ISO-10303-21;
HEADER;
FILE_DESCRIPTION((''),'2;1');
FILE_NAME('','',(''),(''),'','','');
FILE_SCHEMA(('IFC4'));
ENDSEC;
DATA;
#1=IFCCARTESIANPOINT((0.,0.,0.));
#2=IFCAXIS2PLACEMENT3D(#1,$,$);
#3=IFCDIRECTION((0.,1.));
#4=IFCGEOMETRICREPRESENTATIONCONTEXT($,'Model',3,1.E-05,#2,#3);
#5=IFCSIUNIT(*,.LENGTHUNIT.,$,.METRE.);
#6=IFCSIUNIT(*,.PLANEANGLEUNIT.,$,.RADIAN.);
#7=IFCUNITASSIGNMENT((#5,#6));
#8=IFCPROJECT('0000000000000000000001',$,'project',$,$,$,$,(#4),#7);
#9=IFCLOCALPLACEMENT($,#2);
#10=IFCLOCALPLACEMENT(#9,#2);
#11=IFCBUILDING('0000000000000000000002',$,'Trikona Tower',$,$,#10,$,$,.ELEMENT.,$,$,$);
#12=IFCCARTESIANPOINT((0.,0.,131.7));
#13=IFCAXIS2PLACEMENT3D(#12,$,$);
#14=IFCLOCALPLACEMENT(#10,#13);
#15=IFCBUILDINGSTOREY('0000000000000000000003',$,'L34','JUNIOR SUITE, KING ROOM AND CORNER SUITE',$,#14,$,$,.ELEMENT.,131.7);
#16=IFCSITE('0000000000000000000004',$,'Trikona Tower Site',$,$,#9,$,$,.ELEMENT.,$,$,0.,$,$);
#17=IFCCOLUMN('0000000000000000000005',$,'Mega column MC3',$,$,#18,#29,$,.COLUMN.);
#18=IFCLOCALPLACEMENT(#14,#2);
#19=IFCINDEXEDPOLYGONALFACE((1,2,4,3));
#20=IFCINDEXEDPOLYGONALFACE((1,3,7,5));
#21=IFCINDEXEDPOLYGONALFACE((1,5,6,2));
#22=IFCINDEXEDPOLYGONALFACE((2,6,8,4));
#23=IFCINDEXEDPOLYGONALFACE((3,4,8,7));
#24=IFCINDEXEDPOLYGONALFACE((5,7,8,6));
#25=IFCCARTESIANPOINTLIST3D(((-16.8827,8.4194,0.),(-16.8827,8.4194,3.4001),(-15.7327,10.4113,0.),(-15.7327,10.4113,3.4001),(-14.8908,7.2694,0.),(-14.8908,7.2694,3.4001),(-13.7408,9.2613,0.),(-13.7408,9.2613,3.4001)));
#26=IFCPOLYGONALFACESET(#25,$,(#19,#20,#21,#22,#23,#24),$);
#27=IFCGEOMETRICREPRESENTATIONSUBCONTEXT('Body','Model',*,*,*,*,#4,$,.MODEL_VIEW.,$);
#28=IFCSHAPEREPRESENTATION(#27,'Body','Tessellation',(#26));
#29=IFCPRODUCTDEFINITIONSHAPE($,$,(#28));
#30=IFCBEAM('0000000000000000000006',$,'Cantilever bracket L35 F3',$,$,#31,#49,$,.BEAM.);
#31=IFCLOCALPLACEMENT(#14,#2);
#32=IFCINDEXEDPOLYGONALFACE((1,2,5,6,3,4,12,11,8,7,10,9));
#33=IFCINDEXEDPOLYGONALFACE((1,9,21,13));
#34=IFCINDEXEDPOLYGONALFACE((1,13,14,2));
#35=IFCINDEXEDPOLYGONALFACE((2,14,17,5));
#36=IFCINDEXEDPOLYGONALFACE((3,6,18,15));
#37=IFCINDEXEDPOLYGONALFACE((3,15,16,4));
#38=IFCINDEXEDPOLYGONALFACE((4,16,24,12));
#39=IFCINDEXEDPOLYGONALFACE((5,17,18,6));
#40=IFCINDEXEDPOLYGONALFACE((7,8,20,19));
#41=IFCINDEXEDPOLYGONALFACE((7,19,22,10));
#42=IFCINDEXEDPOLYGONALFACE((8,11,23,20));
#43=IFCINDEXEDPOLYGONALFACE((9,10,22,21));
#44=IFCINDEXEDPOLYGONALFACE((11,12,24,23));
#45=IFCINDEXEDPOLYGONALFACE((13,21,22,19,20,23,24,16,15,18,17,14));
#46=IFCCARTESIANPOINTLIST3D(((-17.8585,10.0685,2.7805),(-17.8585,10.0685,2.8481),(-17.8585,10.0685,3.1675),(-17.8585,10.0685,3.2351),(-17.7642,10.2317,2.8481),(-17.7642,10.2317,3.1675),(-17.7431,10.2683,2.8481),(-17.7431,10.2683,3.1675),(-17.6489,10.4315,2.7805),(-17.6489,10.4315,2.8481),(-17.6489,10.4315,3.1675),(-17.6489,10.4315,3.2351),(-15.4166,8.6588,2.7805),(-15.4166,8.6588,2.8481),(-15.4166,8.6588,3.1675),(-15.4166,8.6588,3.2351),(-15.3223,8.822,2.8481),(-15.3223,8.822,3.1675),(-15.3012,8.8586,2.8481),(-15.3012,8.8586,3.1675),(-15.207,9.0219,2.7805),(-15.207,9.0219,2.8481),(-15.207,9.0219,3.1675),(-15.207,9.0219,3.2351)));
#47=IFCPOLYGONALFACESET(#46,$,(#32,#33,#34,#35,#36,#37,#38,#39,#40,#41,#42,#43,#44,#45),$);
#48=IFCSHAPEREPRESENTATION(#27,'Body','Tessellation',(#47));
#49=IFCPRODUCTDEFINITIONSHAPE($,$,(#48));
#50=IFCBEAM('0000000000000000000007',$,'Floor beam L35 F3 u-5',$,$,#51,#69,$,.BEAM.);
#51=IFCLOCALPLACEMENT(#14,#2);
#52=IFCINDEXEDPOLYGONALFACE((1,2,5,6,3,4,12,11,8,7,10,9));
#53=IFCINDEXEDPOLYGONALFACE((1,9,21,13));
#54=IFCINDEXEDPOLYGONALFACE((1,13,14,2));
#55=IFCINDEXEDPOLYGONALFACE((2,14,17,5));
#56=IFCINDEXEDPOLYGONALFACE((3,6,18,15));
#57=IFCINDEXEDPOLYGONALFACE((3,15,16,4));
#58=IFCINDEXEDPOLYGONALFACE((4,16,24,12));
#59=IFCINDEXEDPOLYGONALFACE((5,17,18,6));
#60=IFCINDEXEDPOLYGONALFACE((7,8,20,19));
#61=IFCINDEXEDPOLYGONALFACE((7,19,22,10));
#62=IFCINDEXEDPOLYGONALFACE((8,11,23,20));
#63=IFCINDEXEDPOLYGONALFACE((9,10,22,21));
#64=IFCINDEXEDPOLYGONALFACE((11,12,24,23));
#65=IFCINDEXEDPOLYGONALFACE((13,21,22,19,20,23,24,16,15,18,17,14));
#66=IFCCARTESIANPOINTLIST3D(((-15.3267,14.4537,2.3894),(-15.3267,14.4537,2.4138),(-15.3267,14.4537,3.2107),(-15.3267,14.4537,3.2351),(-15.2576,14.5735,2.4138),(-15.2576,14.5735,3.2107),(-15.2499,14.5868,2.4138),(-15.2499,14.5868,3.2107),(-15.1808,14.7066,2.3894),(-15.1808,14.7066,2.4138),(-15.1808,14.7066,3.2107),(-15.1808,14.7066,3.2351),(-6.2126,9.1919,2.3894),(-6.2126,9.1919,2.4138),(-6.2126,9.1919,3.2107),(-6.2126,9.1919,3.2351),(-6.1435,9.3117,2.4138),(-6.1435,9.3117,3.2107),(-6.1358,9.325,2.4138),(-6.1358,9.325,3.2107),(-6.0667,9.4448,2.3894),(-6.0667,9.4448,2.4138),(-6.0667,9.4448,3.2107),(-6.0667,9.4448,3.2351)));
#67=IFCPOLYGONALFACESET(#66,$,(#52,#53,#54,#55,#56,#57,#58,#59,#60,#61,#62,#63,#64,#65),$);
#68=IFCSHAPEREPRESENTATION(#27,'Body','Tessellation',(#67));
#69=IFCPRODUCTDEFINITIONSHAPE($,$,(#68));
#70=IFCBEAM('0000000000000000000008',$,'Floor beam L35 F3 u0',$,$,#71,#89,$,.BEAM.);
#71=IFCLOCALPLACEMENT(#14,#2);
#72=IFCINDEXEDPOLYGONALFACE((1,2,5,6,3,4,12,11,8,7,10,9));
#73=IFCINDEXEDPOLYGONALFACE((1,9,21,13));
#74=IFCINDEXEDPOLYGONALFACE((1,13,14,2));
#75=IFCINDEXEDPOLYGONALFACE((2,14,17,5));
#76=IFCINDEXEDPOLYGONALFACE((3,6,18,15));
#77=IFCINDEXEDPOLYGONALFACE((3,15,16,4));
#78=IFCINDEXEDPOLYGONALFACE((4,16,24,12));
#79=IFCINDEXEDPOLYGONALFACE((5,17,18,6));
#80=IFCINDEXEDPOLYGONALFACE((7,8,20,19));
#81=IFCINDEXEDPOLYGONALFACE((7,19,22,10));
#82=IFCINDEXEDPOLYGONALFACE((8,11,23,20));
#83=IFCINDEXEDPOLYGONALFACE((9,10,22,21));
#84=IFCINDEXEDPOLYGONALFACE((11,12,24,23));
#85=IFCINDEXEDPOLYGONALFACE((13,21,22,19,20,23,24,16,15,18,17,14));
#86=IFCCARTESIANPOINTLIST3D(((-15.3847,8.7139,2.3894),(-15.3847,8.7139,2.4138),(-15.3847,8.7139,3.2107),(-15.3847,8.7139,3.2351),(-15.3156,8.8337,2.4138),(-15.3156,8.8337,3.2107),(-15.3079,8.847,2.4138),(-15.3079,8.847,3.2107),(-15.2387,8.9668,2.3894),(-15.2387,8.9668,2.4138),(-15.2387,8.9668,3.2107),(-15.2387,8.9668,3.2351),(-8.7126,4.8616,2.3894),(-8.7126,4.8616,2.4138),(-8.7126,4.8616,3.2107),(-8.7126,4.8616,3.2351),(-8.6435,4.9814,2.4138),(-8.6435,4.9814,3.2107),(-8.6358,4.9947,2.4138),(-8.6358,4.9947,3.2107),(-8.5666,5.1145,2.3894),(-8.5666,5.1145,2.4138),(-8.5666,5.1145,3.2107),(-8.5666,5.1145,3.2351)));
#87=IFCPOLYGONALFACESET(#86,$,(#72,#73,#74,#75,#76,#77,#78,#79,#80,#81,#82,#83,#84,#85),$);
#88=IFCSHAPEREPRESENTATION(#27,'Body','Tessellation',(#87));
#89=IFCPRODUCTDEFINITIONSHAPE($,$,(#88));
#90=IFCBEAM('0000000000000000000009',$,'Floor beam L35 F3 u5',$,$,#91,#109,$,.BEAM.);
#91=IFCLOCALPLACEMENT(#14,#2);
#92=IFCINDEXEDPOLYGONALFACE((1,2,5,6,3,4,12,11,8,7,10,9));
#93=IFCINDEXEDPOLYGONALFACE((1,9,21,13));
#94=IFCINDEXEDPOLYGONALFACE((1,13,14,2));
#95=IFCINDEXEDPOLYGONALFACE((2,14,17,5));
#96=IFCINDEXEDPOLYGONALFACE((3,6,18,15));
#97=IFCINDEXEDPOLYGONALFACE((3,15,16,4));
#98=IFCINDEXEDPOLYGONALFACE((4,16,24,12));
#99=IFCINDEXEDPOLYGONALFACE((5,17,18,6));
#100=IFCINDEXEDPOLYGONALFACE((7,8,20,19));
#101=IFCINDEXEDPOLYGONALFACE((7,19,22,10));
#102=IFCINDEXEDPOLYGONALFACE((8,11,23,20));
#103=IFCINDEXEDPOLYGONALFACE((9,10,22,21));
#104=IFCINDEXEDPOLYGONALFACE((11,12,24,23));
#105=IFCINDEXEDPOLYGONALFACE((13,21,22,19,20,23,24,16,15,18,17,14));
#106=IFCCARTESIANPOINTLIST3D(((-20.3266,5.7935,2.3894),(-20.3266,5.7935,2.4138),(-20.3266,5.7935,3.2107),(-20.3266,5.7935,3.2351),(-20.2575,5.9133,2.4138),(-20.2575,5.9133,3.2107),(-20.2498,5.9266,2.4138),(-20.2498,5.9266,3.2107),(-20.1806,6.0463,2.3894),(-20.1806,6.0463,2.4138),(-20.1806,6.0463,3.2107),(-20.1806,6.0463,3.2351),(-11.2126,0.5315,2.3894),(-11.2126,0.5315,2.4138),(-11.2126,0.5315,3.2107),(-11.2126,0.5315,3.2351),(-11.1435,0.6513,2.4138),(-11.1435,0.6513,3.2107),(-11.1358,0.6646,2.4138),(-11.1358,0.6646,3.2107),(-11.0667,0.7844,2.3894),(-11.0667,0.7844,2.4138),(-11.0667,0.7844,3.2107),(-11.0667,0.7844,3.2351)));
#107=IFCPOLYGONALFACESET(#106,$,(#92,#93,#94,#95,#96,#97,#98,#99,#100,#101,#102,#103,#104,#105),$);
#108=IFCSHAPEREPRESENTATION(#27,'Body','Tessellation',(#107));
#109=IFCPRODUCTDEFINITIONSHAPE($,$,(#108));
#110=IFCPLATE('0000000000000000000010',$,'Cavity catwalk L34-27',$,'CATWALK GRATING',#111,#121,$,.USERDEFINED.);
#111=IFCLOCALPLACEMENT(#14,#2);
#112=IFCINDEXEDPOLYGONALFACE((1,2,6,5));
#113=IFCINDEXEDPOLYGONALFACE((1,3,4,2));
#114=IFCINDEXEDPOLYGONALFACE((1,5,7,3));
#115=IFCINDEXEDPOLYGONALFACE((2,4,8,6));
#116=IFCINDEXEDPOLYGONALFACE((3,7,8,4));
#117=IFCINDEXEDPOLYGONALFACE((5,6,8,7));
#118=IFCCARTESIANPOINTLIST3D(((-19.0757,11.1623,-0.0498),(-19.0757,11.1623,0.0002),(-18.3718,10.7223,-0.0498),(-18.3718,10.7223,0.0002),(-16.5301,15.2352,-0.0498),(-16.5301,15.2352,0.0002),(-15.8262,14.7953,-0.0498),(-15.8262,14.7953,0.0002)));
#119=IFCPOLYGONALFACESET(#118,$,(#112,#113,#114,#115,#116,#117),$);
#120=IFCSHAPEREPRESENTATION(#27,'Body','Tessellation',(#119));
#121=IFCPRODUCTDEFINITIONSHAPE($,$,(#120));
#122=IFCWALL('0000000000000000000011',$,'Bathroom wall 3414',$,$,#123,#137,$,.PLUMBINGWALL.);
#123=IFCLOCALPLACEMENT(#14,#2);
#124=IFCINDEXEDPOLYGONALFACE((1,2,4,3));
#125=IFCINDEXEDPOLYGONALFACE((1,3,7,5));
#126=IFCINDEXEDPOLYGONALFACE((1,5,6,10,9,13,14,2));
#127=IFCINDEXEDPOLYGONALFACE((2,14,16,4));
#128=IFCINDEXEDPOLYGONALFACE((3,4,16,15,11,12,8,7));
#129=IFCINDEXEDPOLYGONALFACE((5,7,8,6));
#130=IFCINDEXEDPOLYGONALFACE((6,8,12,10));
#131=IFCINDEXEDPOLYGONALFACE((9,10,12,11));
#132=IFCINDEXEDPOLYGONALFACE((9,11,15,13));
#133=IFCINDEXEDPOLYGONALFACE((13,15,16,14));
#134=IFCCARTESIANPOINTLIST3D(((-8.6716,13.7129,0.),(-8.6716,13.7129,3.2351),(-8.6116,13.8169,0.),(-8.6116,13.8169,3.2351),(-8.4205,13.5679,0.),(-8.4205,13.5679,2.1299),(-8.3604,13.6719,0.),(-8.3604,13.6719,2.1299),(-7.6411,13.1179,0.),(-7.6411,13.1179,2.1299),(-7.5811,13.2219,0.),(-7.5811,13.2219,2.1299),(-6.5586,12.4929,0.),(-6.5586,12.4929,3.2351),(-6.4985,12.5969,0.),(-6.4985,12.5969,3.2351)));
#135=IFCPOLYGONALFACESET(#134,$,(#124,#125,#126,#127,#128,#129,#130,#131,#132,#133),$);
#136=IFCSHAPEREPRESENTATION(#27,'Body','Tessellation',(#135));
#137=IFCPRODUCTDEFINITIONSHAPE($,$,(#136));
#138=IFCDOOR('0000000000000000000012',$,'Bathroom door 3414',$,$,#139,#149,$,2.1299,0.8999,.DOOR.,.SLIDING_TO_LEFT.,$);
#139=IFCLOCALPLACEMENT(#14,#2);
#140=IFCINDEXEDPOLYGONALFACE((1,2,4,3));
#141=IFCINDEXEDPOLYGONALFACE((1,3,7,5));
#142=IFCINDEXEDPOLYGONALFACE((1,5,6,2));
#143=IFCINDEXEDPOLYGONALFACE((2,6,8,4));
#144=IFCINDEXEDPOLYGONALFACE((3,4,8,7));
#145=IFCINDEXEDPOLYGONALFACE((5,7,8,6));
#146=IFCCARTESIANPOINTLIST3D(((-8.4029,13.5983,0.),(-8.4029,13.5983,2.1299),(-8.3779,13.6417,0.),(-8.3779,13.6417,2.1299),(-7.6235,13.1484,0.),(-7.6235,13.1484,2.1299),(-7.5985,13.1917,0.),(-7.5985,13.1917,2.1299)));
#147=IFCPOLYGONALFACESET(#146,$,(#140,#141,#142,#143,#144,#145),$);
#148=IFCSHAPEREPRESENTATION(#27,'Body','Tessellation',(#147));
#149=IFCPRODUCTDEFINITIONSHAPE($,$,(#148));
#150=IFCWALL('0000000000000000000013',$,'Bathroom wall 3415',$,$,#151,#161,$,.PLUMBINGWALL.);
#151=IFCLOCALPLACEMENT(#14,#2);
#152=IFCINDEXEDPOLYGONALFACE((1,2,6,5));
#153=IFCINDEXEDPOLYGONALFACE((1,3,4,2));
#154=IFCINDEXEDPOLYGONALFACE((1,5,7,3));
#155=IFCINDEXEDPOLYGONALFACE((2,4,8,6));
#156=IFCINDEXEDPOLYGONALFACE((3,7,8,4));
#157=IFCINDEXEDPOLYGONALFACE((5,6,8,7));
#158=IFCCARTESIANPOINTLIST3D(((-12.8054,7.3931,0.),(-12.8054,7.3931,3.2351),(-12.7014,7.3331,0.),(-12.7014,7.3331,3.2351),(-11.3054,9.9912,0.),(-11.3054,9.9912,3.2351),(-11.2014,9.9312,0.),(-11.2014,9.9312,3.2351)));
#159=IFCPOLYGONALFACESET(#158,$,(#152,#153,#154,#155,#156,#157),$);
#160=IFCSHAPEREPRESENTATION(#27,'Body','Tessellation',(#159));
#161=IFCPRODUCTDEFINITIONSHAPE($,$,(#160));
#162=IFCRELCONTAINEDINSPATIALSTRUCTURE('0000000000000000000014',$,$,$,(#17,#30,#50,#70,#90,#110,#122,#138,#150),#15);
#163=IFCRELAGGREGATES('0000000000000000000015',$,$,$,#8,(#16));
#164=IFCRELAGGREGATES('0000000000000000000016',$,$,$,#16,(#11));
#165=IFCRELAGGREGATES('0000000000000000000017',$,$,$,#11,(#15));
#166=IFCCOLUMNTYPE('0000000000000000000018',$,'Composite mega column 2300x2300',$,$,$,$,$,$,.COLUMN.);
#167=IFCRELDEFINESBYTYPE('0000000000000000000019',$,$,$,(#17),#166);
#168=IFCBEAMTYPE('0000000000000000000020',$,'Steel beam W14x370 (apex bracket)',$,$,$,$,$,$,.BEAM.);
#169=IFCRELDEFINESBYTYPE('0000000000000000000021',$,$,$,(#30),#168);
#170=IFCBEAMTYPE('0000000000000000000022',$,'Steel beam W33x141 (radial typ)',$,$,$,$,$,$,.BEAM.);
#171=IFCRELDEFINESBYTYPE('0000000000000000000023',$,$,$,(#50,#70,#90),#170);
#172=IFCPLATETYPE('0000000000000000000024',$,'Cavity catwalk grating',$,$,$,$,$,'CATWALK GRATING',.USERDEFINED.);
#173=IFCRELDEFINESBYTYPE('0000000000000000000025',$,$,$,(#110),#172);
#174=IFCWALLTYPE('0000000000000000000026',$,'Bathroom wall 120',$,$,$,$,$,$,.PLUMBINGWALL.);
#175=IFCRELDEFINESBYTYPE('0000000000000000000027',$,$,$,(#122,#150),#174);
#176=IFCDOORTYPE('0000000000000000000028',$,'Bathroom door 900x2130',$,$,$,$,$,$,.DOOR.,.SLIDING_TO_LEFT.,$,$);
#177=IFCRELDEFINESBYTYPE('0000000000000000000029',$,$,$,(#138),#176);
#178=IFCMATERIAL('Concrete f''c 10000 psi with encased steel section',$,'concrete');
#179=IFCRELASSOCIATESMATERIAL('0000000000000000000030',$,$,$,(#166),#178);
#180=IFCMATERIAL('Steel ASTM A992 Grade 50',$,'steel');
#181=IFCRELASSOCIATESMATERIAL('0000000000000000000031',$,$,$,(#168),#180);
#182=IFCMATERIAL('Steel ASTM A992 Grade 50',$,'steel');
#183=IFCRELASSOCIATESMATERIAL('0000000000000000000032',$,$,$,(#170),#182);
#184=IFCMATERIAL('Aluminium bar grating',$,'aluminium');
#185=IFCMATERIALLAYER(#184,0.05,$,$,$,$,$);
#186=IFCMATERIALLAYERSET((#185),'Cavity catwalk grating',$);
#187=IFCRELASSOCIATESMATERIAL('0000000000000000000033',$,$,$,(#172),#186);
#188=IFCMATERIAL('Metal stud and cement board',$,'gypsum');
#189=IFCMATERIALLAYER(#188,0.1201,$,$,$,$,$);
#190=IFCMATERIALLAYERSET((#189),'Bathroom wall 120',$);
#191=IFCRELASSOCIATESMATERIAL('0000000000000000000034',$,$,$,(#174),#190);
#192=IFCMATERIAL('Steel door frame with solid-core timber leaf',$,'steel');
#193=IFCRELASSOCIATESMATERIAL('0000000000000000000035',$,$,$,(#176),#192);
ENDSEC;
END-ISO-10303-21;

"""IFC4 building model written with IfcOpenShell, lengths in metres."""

from ifc_helpers import new_model, si_unit, direction, frame, frame_2d, origin, origin_2d, place, context, subcontext, project, spatial, rectangle, i_section, extrude, material, layer, layer_set, material_profile, profile_set, type_object, element, fill, save


model = new_model("IFC4")

# Units and contexts
model_context = context("Model", 3, precision=1e-05, world=origin(), true_north=direction((0.0, 1.0)))
body_context = subcontext(model_context, "Body", "Model", "MODEL_VIEW")
ifc_project = project(units=[si_unit("LENGTHUNIT", "METRE"), si_unit("PLANEANGLEUNIT", "RADIAN")], contexts=[model_context])

# Site, building, storey
site_placement = place(None, origin())
site = spatial("IfcSite", under=ifc_project, at=site_placement, Name="Trikona Tower Site", CompositionType="ELEMENT", RefElevation=0.0)
building_placement = place(site_placement, origin())
building = spatial("IfcBuilding", under=site, at=building_placement, Name="Trikona Tower", CompositionType="ELEMENT")
storey_placement = place(building_placement, frame((0.0, 0.0, 131.7)))
storey = spatial("IfcBuildingStorey", under=building, at=storey_placement, Name="L34", Description="JUNIOR SUITE, KING ROOM AND CORNER SUITE", CompositionType="ELEMENT", Elevation=131.7)

# Column
ifc_material_1 = material(Name="Concrete f'c 10000 psi with encased steel section", Category="concrete")
ifc_material_profile_1 = material_profile(ifc_material_1, rectangle(XDim=2.3, YDim=2.3, at=origin_2d()), Name="MC2300")
ifc_profile_set_1 = profile_set([ifc_material_profile_1], Name="Concrete f'c 10000 psi with encased steel section")
column_type = type_object("IfcColumnType", Name="Composite mega column 2300x2300", PredefinedType="COLUMN", material=ifc_profile_set_1)
column_placement = place(storey_placement, frame((-15.3118, 8.8403, 0.0), z_axis=(0.0, 0.0, 1.0), x_axis=(-0.866025, 0.5, 0.0)))
element("IfcColumn", 1, at=column_placement, inside=storey, type_object=column_type, Name="Mega column MC3", PredefinedType="COLUMN", context=body_context, shape_type="SweptSolid", body=[
    extrude(rectangle(XDim=2.3, YDim=2.3, at=origin_2d()), origin(), (0.0, 0.0, 1.0), 3.4001),
])

# Beams
ifc_material_2 = material(Name="Steel ASTM A992 Grade 50", Category="steel")
ifc_material_profile_2 = material_profile(ifc_material_2, i_section(OverallWidth=0.4192, OverallDepth=0.4546, WebThickness=0.0422, FlangeThickness=0.0676, at=origin_2d()), Name="W14X370")
ifc_profile_set_2 = profile_set([ifc_material_profile_2], Name="Steel ASTM A992 Grade 50")
beam_type_1 = type_object("IfcBeamType", Name="Steel beam W14x370 (apex bracket)", PredefinedType="BEAM", material=ifc_profile_set_2)
beam_1_placement = place(storey_placement, frame((-15.3118, 8.8403, 3.0078), z_axis=(-0.86605, 0.499957, 0.0), x_axis=(-0.499957, -0.86605, 0.0)))
element("IfcBeam", 2, at=beam_1_placement, inside=storey, type_object=beam_type_1, Name="Cantilever bracket L35 F3", PredefinedType="BEAM", context=body_context, shape_type="SweptSolid", body=[
    extrude(i_section(OverallWidth=0.4192, OverallDepth=0.4546, WebThickness=0.0422, FlangeThickness=0.0676, at=origin_2d()), origin(), (0.0, 0.0, 1.0), 2.8196),
])
ifc_material_3 = material(Name="Steel ASTM A992 Grade 50", Category="steel")
ifc_material_profile_3 = material_profile(ifc_material_3, i_section(OverallWidth=0.292, OverallDepth=0.8457, WebThickness=0.0154, FlangeThickness=0.0244, at=origin_2d()), Name="W33X141")
ifc_profile_set_3 = profile_set([ifc_material_profile_3], Name="Steel ASTM A992 Grade 50")
beam_type_2 = type_object("IfcBeamType", Name="Steel beam W33x141 (radial typ)", PredefinedType="BEAM", material=ifc_profile_set_3)
beam_2_placement = place(storey_placement, frame((-6.1396, 9.3184, 2.8123), z_axis=(-0.866036, 0.499982, 0.0), x_axis=(-0.499982, -0.866036, 0.0)))
element("IfcBeam", 3, at=beam_2_placement, inside=storey, type_object=beam_type_2, Name="Floor beam L35 F3 u-5", PredefinedType="BEAM", context=body_context, shape_type="SweptSolid", body=[
    extrude(i_section(OverallWidth=0.292, OverallDepth=0.8457, WebThickness=0.0154, FlangeThickness=0.0244, at=origin_2d()), origin(), (0.0, 0.0, 1.0), 10.5239),
])
beam_3_placement = place(storey_placement, frame((-8.6396, 4.988, 2.8123), z_axis=(-0.866017, 0.500014, 0.0), x_axis=(-0.500014, -0.866017, 0.0)))
element("IfcBeam", 4, at=beam_3_placement, inside=storey, type_object=beam_type_2, Name="Floor beam L35 F3 u0", PredefinedType="BEAM", context=body_context, shape_type="SweptSolid", body=[
    extrude(i_section(OverallWidth=0.292, OverallDepth=0.8457, WebThickness=0.0154, FlangeThickness=0.0244, at=origin_2d()), origin(), (0.0, 0.0, 1.0), 7.7043),
])
beam_4_placement = place(storey_placement, frame((-11.1396, 0.658, 2.8123), z_axis=(-0.866026, 0.499999, 0.0), x_axis=(-0.499999, -0.866026, 0.0)))
element("IfcBeam", 5, at=beam_4_placement, inside=storey, type_object=beam_type_2, Name="Floor beam L35 F3 u5", PredefinedType="BEAM", context=body_context, shape_type="SweptSolid", body=[
    extrude(i_section(OverallWidth=0.292, OverallDepth=0.8457, WebThickness=0.0154, FlangeThickness=0.0244, at=origin_2d()), origin(), (0.0, 0.0, 1.0), 10.5239),
])

# Plate
ifc_material_4 = material(Name="Aluminium bar grating", Category="aluminium")
ifc_layer_1 = layer(ifc_material_4, 0.05)
ifc_layer_set_1 = layer_set([ifc_layer_1], Name="Cavity catwalk grating")
plate_type = type_object("IfcPlateType", Name="Cavity catwalk grating", ElementType="CATWALK GRATING", PredefinedType="USERDEFINED", material=ifc_layer_set_1)
plate_placement = place(storey_placement, frame((-17.4509, 12.9788, -0.0498), z_axis=(0.0, 0.0, 1.0), x_axis=(-0.529995, -0.848001, 0.0)))
element("IfcPlate", 6, at=plate_placement, inside=storey, type_object=plate_type, Name="Cavity catwalk L34-27", ObjectType="CATWALK GRATING", PredefinedType="USERDEFINED", context=body_context, shape_type="SweptSolid", body=[
    extrude(rectangle(XDim=4.803, YDim=0.8301, at=origin_2d()), origin(), (0.0, 0.0, 1.0), 0.05),
])

# Wall, opening, door
ifc_material_5 = material(Name="Metal stud and cement board", Category="gypsum")
ifc_layer_2 = layer(ifc_material_5, 0.1201)
ifc_layer_set_2 = layer_set([ifc_layer_2], Name="Bathroom wall 120")
wall_type_1 = type_object("IfcWallType", Name="Bathroom wall 120", PredefinedType="PLUMBINGWALL", material=ifc_layer_set_2)
wall_1_placement = place(storey_placement, frame((-6.5286, 12.5449, 0.0), z_axis=(0.0, 0.0, 1.0), x_axis=(-0.866024, 0.500003, 0.0)))
wall_1 = element("IfcWall", 7, at=wall_1_placement, inside=storey, type_object=wall_type_1, Name="Bathroom wall 3414", PredefinedType="PLUMBINGWALL", context=body_context, shape_type="SweptSolid", body=[
    extrude(rectangle(XDim=2.4399, YDim=0.1201, at=frame_2d((1.22, 0.0))), origin(), (0.0, 0.0, 1.0), 3.2351),
])
opening_1_placement = place(wall_1_placement, frame((1.25, 0.0, 0.0)))
opening_1 = element("IfcOpeningElement", 8, at=opening_1_placement, cuts=wall_1, PredefinedType="OPENING", context=body_context, shape_type="SweptSolid", body=[
    extrude(rectangle(XDim=0.8999, YDim=2.1299, at=frame_2d((0.45, 1.0649))), frame((0.0, 0.0701, 0.0), z_axis=(0.0, -1.0, 0.0), x_axis=(1.0, 0.0, 0.0)), (0.0, 0.0, 1.0), 0.1401),
])
ifc_material_6 = material(Name="Steel door frame with solid-core timber leaf", Category="steel")
door_type_1 = type_object("IfcDoorType", Name="Bathroom door 900x2130", OperationType="SLIDING_TO_LEFT", PredefinedType="DOOR", material=ifc_material_6)
door_1_placement = place(opening_1_placement, origin())
door_1 = element("IfcDoor", 9, at=door_1_placement, inside=storey, type_object=door_type_1, Name="Bathroom door 3414", OperationType="SLIDING_TO_LEFT", OverallHeight=2.1299, OverallWidth=0.8999, PredefinedType="DOOR", context=body_context, shape_type="SweptSolid", body=[
    extrude(rectangle(XDim=0.8999, YDim=2.1299, at=frame_2d((0.45, 1.0649))), frame((0.0, 0.0249, 0.0), z_axis=(0.0, -1.0, 0.0), x_axis=(1.0, 0.0, 0.0)), (0.0, 0.0, 1.0), 0.05),
])
fill(opening_1, door_1)

# Wall
wall_2_placement = place(storey_placement, frame((-11.2534, 9.9612, 0.0), z_axis=(0.0, 0.0, 1.0), x_axis=(-0.49999, -0.866031, 0.0)))
element("IfcWall", 10, at=wall_2_placement, inside=storey, type_object=wall_type_1, Name="Bathroom wall 3415", PredefinedType="PLUMBINGWALL", context=body_context, shape_type="SweptSolid", body=[
    extrude(rectangle(XDim=3.0, YDim=0.1201, at=frame_2d((1.5, 0.0))), origin(), (0.0, 0.0, 1.0), 3.2351),
])

save(model, "model.ifc")
